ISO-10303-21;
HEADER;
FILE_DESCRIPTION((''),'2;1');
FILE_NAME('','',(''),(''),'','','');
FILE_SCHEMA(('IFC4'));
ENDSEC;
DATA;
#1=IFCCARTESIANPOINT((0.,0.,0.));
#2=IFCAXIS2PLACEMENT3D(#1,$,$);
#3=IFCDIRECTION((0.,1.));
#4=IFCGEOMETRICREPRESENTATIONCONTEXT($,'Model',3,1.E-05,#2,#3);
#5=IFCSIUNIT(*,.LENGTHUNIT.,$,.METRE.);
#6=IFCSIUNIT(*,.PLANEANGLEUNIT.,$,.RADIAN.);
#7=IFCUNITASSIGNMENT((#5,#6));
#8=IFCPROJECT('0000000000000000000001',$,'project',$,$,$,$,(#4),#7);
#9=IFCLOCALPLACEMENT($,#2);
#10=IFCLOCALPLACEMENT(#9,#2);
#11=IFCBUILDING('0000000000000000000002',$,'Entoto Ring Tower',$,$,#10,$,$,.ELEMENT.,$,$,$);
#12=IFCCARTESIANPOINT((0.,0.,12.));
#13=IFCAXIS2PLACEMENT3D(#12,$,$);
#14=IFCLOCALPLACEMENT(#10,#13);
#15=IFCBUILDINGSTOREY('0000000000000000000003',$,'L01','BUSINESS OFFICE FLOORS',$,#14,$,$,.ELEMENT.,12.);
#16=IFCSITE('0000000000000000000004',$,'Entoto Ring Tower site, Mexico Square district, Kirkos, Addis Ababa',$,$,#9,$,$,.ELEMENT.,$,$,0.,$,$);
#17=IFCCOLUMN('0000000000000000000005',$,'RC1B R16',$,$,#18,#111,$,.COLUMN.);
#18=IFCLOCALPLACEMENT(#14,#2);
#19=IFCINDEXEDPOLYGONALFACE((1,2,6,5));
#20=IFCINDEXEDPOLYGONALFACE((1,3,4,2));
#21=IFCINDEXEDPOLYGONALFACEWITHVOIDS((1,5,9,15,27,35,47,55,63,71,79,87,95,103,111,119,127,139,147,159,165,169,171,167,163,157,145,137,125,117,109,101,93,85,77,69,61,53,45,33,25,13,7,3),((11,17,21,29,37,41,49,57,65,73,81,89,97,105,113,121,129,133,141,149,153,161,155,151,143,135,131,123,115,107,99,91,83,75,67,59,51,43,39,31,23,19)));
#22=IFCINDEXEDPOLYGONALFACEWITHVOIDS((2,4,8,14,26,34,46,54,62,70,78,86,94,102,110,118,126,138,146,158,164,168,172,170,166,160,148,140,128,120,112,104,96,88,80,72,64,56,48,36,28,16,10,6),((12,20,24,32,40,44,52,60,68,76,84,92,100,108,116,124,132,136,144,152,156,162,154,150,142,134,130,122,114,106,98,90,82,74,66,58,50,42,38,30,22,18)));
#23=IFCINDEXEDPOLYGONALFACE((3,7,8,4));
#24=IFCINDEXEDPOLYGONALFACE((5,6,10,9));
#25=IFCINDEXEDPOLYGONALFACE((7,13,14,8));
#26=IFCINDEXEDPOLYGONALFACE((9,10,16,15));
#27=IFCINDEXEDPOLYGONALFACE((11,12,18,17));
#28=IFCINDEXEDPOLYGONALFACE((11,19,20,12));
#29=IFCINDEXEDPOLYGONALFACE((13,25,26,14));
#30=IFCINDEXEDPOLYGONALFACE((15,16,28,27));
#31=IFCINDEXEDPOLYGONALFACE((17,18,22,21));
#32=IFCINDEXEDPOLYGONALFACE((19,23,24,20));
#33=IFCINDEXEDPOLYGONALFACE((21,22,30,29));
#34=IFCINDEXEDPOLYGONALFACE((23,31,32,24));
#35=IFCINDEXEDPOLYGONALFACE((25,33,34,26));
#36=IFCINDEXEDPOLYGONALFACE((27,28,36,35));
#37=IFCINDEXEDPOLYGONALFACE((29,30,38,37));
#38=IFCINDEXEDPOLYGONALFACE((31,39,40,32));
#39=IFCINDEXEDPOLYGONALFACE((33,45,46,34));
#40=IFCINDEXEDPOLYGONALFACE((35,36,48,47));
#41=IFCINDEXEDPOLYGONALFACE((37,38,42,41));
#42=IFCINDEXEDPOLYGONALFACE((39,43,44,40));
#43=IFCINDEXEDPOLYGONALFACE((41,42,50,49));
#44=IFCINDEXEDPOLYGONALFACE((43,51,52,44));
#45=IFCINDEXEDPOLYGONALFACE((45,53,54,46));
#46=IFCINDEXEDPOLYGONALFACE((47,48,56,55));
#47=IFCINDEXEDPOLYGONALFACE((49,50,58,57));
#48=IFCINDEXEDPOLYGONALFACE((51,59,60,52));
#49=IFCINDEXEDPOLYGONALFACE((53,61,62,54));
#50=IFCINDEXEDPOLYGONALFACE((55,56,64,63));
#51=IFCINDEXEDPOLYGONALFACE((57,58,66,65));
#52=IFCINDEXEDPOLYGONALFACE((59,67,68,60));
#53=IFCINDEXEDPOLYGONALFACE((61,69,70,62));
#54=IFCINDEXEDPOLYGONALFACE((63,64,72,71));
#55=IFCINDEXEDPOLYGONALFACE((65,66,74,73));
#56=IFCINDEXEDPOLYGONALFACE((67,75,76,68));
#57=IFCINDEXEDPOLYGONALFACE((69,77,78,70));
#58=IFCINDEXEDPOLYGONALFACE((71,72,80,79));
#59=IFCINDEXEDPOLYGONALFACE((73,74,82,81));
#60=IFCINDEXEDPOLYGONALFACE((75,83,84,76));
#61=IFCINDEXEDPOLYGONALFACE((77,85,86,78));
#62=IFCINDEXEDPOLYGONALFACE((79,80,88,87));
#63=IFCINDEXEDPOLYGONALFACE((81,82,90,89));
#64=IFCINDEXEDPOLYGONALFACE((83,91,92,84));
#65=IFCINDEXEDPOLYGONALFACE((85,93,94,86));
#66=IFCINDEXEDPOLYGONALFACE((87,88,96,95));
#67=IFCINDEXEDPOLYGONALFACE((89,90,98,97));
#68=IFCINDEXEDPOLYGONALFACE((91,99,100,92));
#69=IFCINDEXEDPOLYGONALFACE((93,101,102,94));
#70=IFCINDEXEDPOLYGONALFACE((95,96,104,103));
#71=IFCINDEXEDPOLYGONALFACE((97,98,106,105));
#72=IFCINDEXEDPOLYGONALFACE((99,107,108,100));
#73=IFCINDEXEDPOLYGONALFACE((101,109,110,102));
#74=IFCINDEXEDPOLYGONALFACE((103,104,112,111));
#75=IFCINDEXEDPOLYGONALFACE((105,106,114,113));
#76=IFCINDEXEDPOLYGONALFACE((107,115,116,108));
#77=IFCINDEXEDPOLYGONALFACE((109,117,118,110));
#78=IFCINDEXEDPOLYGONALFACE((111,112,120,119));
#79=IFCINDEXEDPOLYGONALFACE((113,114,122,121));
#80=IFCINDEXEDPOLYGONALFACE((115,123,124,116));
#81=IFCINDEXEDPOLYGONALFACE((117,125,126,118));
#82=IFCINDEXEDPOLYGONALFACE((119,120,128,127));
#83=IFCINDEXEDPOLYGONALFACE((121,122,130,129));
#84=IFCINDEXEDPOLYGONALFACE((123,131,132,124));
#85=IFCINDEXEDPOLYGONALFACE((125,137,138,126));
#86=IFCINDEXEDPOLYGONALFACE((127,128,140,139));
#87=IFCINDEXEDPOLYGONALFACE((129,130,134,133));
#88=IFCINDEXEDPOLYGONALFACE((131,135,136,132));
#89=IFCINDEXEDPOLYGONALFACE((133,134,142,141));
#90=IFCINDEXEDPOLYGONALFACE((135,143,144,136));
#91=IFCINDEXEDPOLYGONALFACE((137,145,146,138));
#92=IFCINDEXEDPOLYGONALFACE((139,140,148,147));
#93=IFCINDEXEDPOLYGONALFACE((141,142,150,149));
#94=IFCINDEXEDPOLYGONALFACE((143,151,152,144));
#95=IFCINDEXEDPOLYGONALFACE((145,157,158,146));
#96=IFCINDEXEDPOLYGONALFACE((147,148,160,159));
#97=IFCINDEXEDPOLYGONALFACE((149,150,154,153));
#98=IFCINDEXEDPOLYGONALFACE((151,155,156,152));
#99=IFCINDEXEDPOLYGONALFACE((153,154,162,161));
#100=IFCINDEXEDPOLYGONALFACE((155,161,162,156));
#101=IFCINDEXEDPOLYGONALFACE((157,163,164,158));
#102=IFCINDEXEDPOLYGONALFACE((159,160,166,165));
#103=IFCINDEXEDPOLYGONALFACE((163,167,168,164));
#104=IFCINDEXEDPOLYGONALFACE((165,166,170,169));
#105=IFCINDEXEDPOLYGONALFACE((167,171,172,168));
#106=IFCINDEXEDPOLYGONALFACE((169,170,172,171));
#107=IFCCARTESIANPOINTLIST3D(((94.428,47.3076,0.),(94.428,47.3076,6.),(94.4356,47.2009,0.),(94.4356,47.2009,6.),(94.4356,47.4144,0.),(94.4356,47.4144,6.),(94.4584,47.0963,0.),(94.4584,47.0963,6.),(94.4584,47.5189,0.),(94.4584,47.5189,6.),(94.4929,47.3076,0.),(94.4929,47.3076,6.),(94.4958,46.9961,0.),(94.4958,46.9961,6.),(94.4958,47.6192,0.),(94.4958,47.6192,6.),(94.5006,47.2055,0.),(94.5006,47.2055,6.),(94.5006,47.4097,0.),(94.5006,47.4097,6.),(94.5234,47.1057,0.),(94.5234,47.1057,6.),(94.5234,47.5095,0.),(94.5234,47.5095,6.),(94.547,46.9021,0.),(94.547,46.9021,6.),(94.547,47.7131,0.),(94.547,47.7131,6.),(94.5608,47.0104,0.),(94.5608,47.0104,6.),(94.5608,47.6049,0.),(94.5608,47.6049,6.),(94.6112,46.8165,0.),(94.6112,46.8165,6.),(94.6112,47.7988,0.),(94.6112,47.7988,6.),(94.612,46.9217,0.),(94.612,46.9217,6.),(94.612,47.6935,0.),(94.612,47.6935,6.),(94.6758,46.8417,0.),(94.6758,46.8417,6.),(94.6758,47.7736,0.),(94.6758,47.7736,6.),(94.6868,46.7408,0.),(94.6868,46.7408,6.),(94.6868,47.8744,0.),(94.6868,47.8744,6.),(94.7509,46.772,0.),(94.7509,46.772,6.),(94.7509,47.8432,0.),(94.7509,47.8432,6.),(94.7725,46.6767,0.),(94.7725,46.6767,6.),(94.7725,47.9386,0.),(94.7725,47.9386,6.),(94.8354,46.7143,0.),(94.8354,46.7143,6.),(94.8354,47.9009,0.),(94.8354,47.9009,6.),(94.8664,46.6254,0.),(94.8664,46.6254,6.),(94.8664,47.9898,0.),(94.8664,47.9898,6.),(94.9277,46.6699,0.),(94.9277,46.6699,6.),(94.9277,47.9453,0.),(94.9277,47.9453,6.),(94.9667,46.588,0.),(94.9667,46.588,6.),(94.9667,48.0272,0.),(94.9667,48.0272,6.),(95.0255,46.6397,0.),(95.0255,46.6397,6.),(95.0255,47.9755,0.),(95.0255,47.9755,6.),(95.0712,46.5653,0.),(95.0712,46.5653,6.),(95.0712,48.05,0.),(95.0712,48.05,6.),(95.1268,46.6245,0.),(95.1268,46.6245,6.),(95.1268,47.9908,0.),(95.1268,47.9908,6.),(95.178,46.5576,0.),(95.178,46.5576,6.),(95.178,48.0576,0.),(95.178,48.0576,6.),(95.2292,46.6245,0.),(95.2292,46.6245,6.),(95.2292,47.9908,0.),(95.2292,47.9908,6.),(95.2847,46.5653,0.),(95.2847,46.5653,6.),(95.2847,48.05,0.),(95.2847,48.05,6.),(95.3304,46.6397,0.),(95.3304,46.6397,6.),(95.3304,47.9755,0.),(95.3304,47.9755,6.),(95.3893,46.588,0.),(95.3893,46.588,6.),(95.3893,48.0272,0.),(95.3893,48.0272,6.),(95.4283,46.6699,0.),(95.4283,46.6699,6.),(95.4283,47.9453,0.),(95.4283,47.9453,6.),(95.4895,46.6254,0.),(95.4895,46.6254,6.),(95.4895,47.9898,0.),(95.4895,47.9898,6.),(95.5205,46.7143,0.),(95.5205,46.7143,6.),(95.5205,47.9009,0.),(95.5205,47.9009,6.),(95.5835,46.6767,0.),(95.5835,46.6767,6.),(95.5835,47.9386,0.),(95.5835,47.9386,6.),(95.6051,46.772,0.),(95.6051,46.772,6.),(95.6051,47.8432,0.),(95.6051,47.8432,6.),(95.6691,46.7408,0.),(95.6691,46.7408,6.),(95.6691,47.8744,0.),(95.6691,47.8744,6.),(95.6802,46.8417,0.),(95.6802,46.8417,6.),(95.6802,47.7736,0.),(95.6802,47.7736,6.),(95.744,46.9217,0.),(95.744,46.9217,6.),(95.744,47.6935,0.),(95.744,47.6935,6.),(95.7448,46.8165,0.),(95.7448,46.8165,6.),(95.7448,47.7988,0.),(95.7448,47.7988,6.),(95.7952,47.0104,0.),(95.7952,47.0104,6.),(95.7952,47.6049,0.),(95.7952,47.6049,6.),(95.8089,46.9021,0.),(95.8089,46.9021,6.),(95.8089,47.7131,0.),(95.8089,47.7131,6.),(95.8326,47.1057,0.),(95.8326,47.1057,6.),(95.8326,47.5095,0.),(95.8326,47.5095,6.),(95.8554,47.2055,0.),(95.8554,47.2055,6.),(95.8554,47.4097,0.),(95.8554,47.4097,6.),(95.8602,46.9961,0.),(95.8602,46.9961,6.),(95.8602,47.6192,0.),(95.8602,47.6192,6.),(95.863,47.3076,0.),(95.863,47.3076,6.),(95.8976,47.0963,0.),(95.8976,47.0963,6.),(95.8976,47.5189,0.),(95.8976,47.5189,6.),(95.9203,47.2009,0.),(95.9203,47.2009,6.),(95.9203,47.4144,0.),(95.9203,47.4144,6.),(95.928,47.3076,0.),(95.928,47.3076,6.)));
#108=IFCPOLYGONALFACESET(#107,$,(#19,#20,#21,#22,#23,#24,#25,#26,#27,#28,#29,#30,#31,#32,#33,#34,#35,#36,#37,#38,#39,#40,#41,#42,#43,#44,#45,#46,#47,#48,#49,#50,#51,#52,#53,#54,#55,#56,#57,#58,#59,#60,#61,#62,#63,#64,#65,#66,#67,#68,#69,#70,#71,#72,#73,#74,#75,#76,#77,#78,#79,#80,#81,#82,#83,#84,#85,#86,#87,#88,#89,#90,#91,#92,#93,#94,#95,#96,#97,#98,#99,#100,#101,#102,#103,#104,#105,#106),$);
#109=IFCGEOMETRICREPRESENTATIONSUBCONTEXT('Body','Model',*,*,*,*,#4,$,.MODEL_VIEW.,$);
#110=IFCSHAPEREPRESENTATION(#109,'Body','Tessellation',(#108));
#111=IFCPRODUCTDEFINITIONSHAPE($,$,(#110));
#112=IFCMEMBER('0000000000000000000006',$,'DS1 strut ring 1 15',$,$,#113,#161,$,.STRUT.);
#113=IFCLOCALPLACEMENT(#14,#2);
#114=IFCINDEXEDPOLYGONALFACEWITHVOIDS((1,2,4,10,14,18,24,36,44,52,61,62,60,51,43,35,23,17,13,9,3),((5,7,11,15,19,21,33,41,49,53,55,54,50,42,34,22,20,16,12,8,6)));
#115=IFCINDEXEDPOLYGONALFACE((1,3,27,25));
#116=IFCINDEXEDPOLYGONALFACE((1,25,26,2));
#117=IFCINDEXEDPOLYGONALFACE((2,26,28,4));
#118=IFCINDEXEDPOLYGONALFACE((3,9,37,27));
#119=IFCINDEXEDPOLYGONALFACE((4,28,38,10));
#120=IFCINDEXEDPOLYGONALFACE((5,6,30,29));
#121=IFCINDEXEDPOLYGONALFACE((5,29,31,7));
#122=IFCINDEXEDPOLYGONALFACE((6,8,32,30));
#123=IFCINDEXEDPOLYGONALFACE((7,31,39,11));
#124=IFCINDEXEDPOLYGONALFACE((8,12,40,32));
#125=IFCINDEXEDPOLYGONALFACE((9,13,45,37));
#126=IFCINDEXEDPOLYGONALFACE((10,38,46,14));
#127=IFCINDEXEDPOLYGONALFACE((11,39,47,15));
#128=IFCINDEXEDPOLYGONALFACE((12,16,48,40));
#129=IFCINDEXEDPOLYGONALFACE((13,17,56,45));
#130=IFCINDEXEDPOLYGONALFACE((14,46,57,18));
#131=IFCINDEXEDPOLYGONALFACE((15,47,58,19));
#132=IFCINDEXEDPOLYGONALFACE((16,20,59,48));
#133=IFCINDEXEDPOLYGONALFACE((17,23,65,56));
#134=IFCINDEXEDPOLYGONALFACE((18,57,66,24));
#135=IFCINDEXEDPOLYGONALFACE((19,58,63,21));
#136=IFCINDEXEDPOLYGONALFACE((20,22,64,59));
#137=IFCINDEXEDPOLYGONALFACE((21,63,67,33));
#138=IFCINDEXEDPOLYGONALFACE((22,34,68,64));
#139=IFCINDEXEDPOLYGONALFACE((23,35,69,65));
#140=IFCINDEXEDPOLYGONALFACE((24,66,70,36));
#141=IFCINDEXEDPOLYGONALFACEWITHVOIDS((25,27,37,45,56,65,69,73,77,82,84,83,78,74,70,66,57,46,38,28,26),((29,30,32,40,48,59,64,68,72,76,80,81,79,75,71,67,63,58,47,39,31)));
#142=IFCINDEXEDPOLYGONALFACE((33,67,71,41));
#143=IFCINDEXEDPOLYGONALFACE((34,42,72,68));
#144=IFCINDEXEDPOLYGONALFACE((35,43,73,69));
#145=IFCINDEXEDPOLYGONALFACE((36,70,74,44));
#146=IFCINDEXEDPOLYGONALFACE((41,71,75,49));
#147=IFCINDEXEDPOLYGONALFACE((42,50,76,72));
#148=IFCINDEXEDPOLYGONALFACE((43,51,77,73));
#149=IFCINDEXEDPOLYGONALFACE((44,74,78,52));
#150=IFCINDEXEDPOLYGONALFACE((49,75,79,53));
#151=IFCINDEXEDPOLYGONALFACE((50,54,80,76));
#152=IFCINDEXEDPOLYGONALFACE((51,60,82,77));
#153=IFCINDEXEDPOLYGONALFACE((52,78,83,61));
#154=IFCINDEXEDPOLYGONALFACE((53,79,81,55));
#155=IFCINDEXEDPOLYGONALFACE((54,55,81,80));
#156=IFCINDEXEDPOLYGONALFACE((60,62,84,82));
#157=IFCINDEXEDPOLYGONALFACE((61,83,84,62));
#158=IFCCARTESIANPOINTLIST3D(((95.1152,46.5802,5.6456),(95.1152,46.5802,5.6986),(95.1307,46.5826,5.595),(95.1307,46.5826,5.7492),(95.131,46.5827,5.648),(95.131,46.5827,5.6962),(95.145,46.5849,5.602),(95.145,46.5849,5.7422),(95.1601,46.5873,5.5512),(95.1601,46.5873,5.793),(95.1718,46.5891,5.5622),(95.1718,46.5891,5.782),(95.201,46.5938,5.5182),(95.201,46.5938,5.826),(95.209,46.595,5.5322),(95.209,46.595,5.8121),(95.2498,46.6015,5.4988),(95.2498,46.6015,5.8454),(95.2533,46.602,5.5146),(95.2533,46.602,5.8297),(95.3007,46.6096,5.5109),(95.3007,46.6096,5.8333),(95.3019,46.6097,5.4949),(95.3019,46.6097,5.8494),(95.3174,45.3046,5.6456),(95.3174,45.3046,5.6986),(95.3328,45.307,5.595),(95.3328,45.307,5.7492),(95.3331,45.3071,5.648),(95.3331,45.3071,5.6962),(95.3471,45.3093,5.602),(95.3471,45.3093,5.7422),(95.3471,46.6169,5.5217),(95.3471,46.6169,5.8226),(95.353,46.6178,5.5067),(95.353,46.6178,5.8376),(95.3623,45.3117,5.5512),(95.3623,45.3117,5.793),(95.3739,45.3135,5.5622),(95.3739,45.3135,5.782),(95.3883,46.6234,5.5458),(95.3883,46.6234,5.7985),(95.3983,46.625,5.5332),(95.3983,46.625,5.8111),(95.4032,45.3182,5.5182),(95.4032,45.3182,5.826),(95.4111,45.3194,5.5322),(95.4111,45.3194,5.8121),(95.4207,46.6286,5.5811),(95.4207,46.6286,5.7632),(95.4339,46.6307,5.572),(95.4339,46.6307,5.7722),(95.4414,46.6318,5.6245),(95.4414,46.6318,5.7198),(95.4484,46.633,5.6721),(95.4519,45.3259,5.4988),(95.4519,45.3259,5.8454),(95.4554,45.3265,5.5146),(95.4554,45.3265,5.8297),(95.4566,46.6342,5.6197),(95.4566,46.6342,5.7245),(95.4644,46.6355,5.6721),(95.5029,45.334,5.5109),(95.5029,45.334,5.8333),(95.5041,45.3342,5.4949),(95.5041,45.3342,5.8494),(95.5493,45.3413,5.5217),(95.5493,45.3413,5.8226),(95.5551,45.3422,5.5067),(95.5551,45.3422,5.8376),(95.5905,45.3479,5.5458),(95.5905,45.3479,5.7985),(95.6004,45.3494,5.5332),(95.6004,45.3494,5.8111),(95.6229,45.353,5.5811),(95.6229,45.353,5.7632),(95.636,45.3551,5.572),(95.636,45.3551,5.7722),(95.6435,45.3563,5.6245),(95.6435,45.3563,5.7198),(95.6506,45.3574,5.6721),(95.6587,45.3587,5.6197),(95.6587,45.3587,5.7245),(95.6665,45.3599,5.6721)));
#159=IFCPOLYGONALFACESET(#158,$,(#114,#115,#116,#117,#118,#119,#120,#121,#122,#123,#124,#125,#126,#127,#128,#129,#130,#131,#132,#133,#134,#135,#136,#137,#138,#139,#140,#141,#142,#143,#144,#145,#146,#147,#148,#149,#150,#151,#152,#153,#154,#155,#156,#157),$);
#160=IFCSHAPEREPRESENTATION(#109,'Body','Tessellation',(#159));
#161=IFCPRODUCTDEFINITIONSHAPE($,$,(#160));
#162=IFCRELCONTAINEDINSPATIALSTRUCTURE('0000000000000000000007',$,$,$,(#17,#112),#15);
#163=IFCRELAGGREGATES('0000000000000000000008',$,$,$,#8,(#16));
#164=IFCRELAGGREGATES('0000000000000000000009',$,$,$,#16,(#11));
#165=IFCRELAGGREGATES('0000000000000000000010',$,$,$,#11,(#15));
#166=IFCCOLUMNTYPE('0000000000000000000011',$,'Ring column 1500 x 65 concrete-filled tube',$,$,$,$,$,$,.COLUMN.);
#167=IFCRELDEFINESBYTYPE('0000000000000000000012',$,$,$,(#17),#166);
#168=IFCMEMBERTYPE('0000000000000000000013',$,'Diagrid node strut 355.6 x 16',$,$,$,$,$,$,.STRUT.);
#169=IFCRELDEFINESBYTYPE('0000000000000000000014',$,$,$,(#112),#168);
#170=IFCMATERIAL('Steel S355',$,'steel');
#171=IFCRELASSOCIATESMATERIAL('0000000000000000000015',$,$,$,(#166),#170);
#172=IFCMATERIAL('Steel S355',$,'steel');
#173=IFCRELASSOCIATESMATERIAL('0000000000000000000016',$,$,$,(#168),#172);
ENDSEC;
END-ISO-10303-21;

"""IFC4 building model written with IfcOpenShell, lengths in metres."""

from ifc_helpers import new_model, si_unit, direction, frame, origin, origin_2d, place, context, subcontext, project, spatial, circle, hollow_circle, extrude, material, material_profile, profile_set, type_object, element, save


model = new_model("IFC4")

# Units and contexts
model_context = context("Model", 3, precision=1e-05, world=origin(), true_north=direction((0.0, 1.0)))
body_context = subcontext(model_context, "Body", "Model", "MODEL_VIEW")
ifc_project = project(units=[si_unit("LENGTHUNIT", "METRE"), si_unit("PLANEANGLEUNIT", "RADIAN")], contexts=[model_context])

# Site, building, storey
site_placement = place(None, origin())
site = spatial("IfcSite", under=ifc_project, at=site_placement, Name="Entoto Ring Tower site, Mexico Square district, Kirkos, Addis Ababa", CompositionType="ELEMENT", RefElevation=0.0)
building_placement = place(site_placement, origin())
building = spatial("IfcBuilding", under=site, at=building_placement, Name="Entoto Ring Tower", CompositionType="ELEMENT")
storey_placement = place(building_placement, frame((0.0, 0.0, 12.0)))
storey = spatial("IfcBuildingStorey", under=building, at=storey_placement, Name="L01", Description="BUSINESS OFFICE FLOORS", CompositionType="ELEMENT", Elevation=12.0)

# Column
ifc_material_1 = material(Name="Steel S355", Category="steel")
ifc_material_profile_1 = material_profile(ifc_material_1, hollow_circle(Radius=0.75, WallThickness=0.0649, at=origin_2d()), Name="CHS 1500 x 65")
ifc_material_2 = material(Name="Concrete C60/75", Category="concrete")
ifc_material_profile_2 = material_profile(ifc_material_2, circle(Radius=0.6851, at=origin_2d()), Name="Concrete C60/75 infill")
ifc_profile_set_1 = profile_set([ifc_material_profile_1, ifc_material_profile_2], Name="Steel S355")
column_type = type_object("IfcColumnType", Name="Ring column 1500 x 65 concrete-filled tube", PredefinedType="COLUMN", material=ifc_profile_set_1)
column_placement = place(storey_placement, frame((95.178, 47.3076, 0.0), z_axis=(0.0, 0.0, 1.0), x_axis=(1.0, 0.0, 0.0)))
element("IfcColumn", 1, at=column_placement, inside=storey, type_object=column_type, Name="RC1B R16", PredefinedType="COLUMN", context=body_context, shape_type="SweptSolid", body=[
    extrude(hollow_circle(Radius=0.75, WallThickness=0.0649, at=origin_2d()), origin(), (0.0, 0.0, 1.0), 6.0),
])

# Member
ifc_material_3 = material(Name="Steel S355", Category="steel")
ifc_material_profile_3 = material_profile(ifc_material_3, hollow_circle(Radius=0.1777, WallThickness=0.0161, at=origin_2d()), Name="CHS 355.6 x 16")
ifc_material_4 = material(Name="Concrete C60/75", Category="concrete")
ifc_material_profile_4 = material_profile(ifc_material_4, circle(Radius=0.1619, at=origin_2d()), Name="Concrete C60/75 infill")
ifc_profile_set_2 = profile_set([ifc_material_profile_3, ifc_material_profile_4], Name="Steel S355")
member_type_1 = type_object("IfcMemberType", Name="Diagrid node strut 355.6 x 16", PredefinedType="STRUT", material=ifc_profile_set_2)
member_1_placement = place(storey_placement, frame((95.2888, 46.6077, 5.6721), z_axis=(0.156516, -0.987675, 0.0), x_axis=(0.987675, 0.156516, 0.0)))
element("IfcMember", 2, at=member_1_placement, inside=storey, type_object=member_type_1, Name="DS1 strut ring 1 15", PredefinedType="STRUT", context=body_context, shape_type="SweptSolid", body=[
    extrude(hollow_circle(Radius=0.1777, WallThickness=0.0161, at=origin_2d()), origin(), (0.0, 0.0, 1.0), 1.2915),
])

save(model, "model.ifc")
